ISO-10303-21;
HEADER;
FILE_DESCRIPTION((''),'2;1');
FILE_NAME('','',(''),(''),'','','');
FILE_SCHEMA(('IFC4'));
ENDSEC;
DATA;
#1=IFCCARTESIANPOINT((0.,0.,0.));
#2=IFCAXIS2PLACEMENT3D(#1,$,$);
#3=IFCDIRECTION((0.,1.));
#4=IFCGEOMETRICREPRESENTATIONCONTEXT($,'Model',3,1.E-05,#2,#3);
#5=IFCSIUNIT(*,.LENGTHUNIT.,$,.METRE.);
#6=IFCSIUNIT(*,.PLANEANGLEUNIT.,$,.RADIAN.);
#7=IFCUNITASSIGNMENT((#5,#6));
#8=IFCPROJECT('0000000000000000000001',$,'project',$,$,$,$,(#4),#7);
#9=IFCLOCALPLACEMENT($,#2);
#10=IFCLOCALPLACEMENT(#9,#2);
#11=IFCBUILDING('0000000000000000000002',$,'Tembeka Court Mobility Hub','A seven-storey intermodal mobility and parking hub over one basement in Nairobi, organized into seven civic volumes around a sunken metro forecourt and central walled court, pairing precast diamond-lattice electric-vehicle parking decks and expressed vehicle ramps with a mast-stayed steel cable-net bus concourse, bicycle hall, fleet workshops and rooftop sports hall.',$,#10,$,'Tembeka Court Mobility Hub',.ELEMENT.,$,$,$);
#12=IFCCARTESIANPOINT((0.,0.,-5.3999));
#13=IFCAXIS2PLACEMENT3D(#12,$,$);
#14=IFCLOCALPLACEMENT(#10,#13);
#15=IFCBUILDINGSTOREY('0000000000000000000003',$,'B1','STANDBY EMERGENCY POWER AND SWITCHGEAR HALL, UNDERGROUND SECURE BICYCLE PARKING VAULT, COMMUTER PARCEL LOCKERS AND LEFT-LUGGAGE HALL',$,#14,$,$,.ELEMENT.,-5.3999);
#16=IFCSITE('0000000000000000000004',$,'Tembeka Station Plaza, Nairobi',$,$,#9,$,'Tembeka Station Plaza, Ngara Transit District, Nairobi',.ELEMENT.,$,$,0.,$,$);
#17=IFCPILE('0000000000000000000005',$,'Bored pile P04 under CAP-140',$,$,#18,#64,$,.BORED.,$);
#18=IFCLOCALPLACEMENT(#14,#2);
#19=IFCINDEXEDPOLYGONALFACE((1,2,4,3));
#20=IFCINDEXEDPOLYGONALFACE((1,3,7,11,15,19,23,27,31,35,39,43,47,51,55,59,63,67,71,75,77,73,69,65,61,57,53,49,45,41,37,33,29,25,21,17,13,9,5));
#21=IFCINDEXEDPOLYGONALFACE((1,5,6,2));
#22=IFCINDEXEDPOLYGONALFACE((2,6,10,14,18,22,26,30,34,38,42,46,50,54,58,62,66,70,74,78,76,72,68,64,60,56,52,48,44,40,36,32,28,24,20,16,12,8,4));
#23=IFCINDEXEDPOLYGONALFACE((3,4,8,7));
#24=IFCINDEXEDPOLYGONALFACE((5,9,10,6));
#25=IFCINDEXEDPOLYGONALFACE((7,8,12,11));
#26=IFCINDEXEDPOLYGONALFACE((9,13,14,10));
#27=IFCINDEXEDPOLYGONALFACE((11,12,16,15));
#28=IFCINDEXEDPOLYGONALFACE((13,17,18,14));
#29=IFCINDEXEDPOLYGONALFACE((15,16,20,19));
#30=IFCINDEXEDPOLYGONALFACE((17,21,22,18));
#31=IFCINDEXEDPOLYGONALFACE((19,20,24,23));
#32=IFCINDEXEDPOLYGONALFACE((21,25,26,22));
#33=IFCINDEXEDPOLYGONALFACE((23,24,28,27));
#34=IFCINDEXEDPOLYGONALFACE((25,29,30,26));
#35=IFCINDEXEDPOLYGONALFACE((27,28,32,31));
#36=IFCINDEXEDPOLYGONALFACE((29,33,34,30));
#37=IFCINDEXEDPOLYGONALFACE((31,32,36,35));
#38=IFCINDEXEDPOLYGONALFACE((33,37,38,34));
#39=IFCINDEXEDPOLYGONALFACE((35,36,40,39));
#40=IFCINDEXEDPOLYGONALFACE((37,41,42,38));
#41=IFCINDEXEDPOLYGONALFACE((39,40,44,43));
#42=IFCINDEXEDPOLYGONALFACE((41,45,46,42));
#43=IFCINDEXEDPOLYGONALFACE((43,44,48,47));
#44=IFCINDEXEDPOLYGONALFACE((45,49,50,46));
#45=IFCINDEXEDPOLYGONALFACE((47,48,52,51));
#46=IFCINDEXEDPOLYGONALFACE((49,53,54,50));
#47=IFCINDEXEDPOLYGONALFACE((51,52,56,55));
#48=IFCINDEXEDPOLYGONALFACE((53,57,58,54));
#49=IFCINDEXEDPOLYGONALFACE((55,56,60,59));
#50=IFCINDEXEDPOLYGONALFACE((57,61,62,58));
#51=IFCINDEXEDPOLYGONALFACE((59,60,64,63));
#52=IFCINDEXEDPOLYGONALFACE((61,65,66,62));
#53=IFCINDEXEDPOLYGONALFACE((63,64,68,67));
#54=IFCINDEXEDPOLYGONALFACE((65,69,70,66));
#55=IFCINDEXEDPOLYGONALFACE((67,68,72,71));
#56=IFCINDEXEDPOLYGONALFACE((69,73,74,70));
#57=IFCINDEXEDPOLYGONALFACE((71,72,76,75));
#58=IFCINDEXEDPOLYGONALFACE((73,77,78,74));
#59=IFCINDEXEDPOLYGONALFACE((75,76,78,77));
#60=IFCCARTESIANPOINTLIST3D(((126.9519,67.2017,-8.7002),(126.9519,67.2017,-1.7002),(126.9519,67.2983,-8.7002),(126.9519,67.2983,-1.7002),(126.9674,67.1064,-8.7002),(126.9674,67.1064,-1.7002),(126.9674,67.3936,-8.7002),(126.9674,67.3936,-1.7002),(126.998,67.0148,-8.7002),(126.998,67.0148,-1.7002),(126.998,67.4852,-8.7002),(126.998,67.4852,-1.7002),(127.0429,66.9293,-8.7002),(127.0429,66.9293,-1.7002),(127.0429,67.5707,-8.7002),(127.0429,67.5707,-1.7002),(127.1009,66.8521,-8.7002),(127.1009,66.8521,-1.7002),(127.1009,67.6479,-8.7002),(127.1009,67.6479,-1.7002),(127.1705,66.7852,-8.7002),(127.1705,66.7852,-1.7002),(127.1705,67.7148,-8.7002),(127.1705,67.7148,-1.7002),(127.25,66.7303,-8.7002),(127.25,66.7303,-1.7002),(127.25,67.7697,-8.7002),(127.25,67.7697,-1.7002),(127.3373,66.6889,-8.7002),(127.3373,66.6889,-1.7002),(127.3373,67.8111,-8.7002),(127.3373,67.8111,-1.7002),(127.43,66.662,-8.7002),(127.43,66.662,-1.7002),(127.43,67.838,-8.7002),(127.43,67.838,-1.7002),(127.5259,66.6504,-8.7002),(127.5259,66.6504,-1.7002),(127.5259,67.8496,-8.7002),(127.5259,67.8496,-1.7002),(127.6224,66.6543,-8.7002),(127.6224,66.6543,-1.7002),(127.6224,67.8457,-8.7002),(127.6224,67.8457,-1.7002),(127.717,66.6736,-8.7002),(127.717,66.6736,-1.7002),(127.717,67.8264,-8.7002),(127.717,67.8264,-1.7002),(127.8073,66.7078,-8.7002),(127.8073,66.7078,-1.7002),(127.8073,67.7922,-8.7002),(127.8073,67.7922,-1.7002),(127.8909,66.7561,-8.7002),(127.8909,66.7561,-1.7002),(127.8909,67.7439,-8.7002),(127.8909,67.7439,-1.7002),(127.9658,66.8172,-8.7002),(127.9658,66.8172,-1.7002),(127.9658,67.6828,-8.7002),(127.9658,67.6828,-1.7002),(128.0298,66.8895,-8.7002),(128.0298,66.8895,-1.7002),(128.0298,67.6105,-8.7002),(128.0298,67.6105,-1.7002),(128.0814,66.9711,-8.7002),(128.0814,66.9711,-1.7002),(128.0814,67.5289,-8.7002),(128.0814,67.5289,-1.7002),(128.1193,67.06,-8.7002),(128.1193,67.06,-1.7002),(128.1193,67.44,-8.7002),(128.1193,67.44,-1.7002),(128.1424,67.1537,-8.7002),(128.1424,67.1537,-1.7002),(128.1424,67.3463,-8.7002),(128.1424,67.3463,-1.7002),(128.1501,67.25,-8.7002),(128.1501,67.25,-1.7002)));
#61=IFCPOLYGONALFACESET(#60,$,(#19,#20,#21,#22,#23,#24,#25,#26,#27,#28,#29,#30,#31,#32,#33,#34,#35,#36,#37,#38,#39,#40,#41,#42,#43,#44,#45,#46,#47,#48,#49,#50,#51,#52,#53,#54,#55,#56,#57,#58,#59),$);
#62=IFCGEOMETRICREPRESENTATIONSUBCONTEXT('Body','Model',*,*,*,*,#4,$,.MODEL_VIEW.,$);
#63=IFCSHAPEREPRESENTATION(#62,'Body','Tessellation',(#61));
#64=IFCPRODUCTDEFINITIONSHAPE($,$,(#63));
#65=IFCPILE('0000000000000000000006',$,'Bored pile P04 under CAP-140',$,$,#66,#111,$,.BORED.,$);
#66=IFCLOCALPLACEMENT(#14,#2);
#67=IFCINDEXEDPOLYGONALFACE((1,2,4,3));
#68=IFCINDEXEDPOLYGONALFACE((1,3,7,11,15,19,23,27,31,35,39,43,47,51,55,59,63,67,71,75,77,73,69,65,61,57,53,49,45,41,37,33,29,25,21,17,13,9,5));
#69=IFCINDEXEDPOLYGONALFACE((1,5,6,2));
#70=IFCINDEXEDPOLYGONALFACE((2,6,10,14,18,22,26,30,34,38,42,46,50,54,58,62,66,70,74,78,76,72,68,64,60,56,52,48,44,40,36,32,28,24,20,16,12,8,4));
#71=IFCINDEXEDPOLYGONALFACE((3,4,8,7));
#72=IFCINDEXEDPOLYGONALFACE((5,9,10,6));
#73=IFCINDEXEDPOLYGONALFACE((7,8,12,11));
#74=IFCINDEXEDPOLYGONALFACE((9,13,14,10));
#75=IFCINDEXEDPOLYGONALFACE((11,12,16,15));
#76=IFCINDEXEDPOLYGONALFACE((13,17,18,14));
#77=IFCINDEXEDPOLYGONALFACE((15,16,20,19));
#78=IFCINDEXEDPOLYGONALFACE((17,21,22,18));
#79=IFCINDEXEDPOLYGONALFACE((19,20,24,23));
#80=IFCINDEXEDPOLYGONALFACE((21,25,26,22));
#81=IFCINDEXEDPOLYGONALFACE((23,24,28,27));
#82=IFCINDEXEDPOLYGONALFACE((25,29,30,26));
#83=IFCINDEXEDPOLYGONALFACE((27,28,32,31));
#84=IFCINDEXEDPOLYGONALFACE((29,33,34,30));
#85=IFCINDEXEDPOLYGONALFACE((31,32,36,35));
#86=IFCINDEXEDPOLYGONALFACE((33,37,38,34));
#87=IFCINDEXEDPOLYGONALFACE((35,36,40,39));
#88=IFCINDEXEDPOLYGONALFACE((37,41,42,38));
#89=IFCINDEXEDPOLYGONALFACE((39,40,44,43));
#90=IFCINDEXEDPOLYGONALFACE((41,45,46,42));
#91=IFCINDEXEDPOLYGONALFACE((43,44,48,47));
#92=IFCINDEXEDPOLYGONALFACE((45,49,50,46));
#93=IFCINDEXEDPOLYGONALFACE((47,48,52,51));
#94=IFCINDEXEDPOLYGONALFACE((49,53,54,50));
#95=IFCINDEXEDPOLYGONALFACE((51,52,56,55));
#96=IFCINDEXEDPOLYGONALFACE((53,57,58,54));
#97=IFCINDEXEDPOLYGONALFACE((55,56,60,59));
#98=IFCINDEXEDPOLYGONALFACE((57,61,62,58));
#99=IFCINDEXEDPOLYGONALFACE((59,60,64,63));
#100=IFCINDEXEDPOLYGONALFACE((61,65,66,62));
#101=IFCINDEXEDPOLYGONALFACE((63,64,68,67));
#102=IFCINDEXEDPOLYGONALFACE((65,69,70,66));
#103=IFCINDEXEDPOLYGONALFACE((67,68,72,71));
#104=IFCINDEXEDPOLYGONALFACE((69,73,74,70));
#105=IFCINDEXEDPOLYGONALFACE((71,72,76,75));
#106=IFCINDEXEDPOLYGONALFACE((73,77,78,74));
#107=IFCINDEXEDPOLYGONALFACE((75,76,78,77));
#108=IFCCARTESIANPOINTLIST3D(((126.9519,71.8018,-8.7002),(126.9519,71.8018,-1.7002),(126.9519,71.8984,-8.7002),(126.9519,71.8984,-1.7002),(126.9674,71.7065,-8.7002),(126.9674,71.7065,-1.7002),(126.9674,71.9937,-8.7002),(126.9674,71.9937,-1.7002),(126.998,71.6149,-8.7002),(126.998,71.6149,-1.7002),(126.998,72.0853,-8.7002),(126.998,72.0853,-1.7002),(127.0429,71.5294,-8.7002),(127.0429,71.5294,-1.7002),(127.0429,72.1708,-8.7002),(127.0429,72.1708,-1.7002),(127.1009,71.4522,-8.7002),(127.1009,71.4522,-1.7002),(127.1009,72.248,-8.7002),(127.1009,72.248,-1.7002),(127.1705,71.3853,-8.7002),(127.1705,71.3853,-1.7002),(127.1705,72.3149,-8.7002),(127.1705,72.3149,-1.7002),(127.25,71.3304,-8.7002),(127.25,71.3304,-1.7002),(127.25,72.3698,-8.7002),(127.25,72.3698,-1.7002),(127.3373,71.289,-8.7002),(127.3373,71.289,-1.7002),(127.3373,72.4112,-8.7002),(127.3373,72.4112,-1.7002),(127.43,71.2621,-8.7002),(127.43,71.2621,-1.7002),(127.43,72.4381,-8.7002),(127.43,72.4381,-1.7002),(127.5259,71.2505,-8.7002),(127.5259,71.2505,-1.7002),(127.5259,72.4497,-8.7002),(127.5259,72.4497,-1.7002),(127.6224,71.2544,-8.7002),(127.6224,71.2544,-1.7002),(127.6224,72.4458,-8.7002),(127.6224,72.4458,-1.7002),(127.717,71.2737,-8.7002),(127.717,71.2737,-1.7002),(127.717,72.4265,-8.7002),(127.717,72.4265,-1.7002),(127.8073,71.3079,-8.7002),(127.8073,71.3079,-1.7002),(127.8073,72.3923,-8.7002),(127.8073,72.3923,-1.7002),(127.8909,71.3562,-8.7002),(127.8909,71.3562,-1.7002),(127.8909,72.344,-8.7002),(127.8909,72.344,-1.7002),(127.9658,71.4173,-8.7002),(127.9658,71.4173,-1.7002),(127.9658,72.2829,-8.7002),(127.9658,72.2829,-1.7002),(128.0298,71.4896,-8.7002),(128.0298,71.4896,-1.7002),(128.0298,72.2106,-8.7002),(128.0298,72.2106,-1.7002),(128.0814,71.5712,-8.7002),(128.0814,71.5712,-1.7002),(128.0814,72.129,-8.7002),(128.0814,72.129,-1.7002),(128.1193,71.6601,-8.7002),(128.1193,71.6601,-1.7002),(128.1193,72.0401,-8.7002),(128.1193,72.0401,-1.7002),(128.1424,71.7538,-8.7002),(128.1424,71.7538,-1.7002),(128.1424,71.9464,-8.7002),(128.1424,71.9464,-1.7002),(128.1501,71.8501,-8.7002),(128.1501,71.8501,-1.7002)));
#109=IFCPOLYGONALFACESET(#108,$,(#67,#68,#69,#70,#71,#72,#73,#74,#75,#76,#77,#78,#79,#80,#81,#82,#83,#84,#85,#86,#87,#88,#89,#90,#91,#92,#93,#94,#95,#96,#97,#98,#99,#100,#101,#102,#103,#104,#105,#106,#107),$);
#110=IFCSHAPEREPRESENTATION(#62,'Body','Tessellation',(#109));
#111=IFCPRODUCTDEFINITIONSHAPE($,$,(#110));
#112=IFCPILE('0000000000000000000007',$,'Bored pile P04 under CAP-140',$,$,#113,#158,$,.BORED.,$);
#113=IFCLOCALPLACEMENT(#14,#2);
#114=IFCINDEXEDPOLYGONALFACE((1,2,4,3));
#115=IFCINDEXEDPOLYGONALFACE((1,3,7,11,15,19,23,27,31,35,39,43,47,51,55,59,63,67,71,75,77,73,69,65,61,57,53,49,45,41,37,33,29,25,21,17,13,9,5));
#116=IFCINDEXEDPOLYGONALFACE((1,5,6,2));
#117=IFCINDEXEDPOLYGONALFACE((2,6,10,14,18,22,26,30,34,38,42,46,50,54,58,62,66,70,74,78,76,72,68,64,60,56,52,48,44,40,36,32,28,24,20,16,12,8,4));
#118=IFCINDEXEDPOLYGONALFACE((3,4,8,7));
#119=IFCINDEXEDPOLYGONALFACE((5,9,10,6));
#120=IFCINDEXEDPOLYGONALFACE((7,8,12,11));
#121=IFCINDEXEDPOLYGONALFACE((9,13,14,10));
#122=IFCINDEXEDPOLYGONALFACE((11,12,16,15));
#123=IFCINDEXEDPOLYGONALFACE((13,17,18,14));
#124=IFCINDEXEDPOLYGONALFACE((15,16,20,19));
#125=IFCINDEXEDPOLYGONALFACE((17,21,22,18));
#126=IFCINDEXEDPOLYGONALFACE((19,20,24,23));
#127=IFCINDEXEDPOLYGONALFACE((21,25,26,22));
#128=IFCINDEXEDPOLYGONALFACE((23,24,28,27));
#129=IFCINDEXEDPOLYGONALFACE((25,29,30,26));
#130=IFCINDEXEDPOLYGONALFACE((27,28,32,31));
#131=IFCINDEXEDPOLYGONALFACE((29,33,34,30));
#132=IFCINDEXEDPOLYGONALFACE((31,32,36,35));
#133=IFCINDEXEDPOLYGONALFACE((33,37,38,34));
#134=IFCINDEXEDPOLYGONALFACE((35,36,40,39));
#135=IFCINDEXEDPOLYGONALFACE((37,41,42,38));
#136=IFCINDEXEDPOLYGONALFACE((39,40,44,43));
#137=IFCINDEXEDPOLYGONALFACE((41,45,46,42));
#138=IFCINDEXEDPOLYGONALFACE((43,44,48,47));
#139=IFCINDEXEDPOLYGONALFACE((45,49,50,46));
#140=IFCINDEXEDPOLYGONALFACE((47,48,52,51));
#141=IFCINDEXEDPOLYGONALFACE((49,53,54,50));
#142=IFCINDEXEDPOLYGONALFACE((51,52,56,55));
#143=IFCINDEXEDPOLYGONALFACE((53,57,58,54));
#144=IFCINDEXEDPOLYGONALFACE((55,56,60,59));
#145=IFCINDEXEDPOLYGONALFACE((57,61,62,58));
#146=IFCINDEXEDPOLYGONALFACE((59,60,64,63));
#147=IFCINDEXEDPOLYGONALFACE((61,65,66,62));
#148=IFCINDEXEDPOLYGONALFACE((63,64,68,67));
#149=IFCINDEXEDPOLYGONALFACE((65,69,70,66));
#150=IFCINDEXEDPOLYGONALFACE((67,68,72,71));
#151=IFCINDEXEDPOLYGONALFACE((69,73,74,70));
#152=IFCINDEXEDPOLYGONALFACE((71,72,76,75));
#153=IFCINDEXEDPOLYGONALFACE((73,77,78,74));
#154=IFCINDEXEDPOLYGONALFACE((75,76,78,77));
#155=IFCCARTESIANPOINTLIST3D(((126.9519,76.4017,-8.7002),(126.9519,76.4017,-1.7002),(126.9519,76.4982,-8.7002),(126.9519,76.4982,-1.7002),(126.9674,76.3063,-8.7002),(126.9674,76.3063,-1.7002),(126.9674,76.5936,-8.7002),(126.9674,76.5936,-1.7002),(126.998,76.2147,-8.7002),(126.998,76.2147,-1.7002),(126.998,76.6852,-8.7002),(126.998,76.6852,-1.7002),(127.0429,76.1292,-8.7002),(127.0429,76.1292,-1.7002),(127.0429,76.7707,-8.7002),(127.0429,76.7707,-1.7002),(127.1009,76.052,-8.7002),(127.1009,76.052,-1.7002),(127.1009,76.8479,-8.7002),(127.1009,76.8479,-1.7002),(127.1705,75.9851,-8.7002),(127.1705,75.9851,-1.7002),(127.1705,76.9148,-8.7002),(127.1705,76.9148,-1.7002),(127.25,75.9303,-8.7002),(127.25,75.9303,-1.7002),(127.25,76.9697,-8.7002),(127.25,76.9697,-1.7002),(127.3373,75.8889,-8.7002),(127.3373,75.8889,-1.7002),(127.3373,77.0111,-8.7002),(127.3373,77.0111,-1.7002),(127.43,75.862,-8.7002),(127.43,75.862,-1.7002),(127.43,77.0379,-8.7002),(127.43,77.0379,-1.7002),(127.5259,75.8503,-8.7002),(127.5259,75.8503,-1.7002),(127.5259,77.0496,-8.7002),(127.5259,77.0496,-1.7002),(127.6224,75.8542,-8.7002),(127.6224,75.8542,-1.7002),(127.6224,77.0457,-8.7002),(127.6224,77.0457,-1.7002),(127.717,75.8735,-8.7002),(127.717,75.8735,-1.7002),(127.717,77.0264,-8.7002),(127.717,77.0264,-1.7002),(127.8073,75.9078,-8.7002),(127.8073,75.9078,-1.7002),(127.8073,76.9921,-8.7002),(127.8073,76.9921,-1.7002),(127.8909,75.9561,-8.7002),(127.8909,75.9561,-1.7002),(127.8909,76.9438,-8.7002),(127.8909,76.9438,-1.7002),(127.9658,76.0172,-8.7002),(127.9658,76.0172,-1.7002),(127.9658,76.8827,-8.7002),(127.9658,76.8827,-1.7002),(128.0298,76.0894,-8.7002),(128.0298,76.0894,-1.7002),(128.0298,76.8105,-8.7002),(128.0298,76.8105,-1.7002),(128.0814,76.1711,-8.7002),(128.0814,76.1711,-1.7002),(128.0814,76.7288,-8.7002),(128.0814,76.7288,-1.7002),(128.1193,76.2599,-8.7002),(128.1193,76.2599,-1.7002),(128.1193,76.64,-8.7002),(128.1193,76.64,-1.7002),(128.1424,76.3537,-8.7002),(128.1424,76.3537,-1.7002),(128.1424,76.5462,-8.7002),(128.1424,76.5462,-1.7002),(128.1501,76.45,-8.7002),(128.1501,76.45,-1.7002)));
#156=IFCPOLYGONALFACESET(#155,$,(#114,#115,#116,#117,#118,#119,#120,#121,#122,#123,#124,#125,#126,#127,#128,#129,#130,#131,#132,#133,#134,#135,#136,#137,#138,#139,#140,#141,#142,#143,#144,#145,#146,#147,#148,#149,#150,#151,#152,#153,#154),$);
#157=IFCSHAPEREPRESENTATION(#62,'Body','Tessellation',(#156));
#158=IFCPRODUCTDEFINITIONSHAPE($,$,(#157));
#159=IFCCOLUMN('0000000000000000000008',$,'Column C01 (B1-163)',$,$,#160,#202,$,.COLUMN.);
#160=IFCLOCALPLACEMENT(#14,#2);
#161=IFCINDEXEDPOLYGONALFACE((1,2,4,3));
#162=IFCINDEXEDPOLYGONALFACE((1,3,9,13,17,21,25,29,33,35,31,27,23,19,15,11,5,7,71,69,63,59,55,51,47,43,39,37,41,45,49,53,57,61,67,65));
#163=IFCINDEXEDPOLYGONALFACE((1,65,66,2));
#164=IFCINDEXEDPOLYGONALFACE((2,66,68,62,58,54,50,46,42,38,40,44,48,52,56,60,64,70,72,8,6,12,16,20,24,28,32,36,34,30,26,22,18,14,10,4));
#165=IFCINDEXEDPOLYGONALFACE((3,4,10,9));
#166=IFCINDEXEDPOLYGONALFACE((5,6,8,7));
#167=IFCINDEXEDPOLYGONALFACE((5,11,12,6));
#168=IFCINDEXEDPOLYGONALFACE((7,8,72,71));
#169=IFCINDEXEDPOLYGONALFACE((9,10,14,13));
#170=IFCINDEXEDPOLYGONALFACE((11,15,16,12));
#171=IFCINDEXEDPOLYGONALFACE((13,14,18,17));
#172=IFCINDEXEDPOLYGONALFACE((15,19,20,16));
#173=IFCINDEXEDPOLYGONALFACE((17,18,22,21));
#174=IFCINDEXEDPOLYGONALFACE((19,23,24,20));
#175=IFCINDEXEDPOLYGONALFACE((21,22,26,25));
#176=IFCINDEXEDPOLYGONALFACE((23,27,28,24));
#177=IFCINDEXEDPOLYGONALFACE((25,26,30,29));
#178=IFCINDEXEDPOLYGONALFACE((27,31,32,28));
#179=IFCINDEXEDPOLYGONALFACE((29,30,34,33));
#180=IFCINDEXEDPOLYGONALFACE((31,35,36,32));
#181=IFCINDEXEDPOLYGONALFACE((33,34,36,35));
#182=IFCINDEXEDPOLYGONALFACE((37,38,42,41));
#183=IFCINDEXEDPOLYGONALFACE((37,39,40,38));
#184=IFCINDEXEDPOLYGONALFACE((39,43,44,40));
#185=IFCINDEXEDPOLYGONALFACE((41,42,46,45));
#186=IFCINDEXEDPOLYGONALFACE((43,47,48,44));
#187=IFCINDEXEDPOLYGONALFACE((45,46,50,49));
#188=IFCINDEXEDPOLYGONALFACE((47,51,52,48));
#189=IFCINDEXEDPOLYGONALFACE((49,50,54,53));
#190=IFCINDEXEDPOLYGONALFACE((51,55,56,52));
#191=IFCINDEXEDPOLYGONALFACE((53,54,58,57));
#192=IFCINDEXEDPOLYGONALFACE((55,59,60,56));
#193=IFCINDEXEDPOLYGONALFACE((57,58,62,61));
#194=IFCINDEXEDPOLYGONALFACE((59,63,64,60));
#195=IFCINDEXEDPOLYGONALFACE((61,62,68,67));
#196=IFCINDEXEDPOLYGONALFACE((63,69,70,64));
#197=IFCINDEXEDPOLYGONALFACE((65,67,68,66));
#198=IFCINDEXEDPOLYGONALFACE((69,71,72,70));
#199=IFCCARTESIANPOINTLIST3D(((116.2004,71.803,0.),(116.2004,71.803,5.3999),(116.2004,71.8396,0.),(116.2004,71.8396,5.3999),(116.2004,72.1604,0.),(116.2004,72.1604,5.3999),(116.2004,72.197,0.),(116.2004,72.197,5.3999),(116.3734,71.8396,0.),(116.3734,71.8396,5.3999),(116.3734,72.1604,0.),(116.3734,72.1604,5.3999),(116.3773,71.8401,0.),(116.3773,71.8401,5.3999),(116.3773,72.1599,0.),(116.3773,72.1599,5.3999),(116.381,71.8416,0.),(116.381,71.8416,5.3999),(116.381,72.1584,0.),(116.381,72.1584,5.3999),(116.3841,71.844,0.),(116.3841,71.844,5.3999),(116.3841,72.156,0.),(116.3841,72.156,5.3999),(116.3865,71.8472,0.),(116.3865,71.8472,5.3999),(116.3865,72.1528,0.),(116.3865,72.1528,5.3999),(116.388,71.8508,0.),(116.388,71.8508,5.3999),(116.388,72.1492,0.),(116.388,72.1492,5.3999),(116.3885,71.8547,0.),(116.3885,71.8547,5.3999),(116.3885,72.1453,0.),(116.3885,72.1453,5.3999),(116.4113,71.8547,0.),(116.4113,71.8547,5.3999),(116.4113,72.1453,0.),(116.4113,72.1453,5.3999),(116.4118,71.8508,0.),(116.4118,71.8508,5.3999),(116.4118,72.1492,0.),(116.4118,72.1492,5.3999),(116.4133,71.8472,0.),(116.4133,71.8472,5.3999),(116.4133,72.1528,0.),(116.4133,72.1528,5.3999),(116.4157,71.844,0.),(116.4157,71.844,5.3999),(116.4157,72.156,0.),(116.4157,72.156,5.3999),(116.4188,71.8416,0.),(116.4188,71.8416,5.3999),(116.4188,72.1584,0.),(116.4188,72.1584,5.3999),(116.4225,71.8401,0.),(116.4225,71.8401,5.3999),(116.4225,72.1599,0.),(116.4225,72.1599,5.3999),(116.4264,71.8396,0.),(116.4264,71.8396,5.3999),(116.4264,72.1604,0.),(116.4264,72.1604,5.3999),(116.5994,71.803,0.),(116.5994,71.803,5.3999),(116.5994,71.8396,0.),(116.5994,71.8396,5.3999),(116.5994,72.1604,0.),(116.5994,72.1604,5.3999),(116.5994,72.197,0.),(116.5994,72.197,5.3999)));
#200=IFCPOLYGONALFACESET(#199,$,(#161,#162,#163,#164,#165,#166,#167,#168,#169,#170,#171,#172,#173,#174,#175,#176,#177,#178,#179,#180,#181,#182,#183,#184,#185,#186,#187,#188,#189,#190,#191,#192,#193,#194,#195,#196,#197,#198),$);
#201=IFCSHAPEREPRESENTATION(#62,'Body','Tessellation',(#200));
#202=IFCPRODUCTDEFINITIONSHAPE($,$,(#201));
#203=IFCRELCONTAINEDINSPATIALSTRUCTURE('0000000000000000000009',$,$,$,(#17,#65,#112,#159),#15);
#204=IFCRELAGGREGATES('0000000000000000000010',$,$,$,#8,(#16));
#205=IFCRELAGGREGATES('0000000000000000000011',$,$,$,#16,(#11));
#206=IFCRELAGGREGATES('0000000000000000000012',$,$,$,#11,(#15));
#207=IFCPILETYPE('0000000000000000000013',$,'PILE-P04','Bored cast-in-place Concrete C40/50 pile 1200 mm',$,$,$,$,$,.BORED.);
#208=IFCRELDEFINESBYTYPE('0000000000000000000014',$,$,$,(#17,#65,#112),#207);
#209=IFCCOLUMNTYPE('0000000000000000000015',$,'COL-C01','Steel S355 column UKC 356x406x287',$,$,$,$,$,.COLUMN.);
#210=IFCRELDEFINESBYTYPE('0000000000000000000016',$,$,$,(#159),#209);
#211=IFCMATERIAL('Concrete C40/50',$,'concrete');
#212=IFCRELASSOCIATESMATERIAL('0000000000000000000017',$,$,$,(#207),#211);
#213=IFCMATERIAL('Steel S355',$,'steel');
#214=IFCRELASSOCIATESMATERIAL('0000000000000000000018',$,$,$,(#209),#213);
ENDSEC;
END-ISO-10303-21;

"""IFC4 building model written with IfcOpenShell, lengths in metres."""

from ifc_helpers import new_model, si_unit, direction, frame, origin, origin_2d, place, context, subcontext, project, spatial, circle, i_section, extrude, material, material_profile, profile_set, type_object, element, save


model = new_model("IFC4")

# Units and contexts
model_context = context("Model", 3, precision=1e-05, world=origin(), true_north=direction((0.0, 1.0)))
body_context = subcontext(model_context, "Body", "Model", "MODEL_VIEW")
ifc_project = project(units=[si_unit("LENGTHUNIT", "METRE"), si_unit("PLANEANGLEUNIT", "RADIAN")], contexts=[model_context])

# Site, building, storey
site_placement = place(None, origin())
site = spatial("IfcSite", under=ifc_project, at=site_placement, Name="Tembeka Station Plaza, Nairobi", LongName="Tembeka Station Plaza, Ngara Transit District, Nairobi", CompositionType="ELEMENT", RefElevation=0.0)
building_placement = place(site_placement, origin())
building = spatial("IfcBuilding", under=site, at=building_placement, Name="Tembeka Court Mobility Hub", Description="A seven-storey intermodal mobility and parking hub over one basement in Nairobi, organized into seven civic volumes around a sunken metro forecourt and central walled court, pairing precast diamond-lattice electric-vehicle parking decks and expressed vehicle ramps with a mast-stayed steel cable-net bus concourse, bicycle hall, fleet workshops and rooftop sports hall.", LongName="Tembeka Court Mobility Hub", CompositionType="ELEMENT")
storey_placement = place(building_placement, frame((0.0, 0.0, -5.3999)))
storey = spatial("IfcBuildingStorey", under=building, at=storey_placement, Name="B1", Description="STANDBY EMERGENCY POWER AND SWITCHGEAR HALL, UNDERGROUND SECURE BICYCLE PARKING VAULT, COMMUTER PARCEL LOCKERS AND LEFT-LUGGAGE HALL", CompositionType="ELEMENT", Elevation=-5.3999)

# Shared definitions
ifc_material_1 = material(Name="Concrete C40/50", Category="concrete")

# Piles
ifc_material_profile_1 = material_profile(ifc_material_1, circle(Radius=0.6001, at=origin_2d()), Name="PILE D1200")
ifc_profile_set_1 = profile_set([ifc_material_profile_1], Name="Concrete C40/50")
pile_type_1 = type_object("IfcPileType", Name="PILE-P04", Description="Bored cast-in-place Concrete C40/50 pile 1200 mm", PredefinedType="BORED", material=ifc_profile_set_1)
for number, where, z_axis, x_axis, name in (
    (1, (127.55, 67.25, -1.7002), (0.0, 0.0, -1.0), (1.0, 0.0, 0.0), "Bored pile P04 under CAP-140"),
    (2, (127.55, 71.8501, -1.7002), (0.0, 0.0, -1.0), (1.0, 0.0, 0.0), "Bored pile P04 under CAP-140"),
    (3, (127.55, 76.45, -1.7002), (0.0, 0.0, -1.0), (1.0, 0.0, 0.0), "Bored pile P04 under CAP-140"),
):
    element("IfcPile", number, at=place(storey_placement, frame(where, z_axis=z_axis, x_axis=x_axis)), inside=storey, type_object=pile_type_1, Name=name, PredefinedType="BORED", context=body_context, shape_type="SweptSolid", body=[
        extrude(circle(Radius=0.6001, at=origin_2d()), origin(), (0.0, 0.0, 1.0), 7.0),
    ])

# Column
ifc_material_2 = material(Name="Steel S355", Category="steel")
ifc_material_profile_2 = material_profile(ifc_material_2, i_section(OverallWidth=0.3989, OverallDepth=0.394, WebThickness=0.0227, FlangeThickness=0.0366, FilletRadius=0.0151, at=origin_2d()), Name="UKC 356x406x287")
ifc_profile_set_2 = profile_set([ifc_material_profile_2], Name="Steel S355")
column_type_1 = type_object("IfcColumnType", Name="COL-C01", Description="Steel S355 column UKC 356x406x287", PredefinedType="COLUMN", material=ifc_profile_set_2)
for number, where, z_axis, x_axis, name in (
    (4, (116.3999, 72.0, 0.0), (0.0, 0.0, 1.0), (1.0, 0.0, 0.0), "Column C01 (B1-163)"),
):
    element("IfcColumn", number, at=place(storey_placement, frame(where, z_axis=z_axis, x_axis=x_axis)), inside=storey, type_object=column_type_1, Name=name, PredefinedType="COLUMN", context=body_context, shape_type="SweptSolid", body=[
        extrude(i_section(OverallWidth=0.3989, OverallDepth=0.394, WebThickness=0.0227, FlangeThickness=0.0366, FilletRadius=0.0151, at=origin_2d()), origin(), (0.0, 0.0, 1.0), 5.3999),
    ])

save(model, "model.ifc")
